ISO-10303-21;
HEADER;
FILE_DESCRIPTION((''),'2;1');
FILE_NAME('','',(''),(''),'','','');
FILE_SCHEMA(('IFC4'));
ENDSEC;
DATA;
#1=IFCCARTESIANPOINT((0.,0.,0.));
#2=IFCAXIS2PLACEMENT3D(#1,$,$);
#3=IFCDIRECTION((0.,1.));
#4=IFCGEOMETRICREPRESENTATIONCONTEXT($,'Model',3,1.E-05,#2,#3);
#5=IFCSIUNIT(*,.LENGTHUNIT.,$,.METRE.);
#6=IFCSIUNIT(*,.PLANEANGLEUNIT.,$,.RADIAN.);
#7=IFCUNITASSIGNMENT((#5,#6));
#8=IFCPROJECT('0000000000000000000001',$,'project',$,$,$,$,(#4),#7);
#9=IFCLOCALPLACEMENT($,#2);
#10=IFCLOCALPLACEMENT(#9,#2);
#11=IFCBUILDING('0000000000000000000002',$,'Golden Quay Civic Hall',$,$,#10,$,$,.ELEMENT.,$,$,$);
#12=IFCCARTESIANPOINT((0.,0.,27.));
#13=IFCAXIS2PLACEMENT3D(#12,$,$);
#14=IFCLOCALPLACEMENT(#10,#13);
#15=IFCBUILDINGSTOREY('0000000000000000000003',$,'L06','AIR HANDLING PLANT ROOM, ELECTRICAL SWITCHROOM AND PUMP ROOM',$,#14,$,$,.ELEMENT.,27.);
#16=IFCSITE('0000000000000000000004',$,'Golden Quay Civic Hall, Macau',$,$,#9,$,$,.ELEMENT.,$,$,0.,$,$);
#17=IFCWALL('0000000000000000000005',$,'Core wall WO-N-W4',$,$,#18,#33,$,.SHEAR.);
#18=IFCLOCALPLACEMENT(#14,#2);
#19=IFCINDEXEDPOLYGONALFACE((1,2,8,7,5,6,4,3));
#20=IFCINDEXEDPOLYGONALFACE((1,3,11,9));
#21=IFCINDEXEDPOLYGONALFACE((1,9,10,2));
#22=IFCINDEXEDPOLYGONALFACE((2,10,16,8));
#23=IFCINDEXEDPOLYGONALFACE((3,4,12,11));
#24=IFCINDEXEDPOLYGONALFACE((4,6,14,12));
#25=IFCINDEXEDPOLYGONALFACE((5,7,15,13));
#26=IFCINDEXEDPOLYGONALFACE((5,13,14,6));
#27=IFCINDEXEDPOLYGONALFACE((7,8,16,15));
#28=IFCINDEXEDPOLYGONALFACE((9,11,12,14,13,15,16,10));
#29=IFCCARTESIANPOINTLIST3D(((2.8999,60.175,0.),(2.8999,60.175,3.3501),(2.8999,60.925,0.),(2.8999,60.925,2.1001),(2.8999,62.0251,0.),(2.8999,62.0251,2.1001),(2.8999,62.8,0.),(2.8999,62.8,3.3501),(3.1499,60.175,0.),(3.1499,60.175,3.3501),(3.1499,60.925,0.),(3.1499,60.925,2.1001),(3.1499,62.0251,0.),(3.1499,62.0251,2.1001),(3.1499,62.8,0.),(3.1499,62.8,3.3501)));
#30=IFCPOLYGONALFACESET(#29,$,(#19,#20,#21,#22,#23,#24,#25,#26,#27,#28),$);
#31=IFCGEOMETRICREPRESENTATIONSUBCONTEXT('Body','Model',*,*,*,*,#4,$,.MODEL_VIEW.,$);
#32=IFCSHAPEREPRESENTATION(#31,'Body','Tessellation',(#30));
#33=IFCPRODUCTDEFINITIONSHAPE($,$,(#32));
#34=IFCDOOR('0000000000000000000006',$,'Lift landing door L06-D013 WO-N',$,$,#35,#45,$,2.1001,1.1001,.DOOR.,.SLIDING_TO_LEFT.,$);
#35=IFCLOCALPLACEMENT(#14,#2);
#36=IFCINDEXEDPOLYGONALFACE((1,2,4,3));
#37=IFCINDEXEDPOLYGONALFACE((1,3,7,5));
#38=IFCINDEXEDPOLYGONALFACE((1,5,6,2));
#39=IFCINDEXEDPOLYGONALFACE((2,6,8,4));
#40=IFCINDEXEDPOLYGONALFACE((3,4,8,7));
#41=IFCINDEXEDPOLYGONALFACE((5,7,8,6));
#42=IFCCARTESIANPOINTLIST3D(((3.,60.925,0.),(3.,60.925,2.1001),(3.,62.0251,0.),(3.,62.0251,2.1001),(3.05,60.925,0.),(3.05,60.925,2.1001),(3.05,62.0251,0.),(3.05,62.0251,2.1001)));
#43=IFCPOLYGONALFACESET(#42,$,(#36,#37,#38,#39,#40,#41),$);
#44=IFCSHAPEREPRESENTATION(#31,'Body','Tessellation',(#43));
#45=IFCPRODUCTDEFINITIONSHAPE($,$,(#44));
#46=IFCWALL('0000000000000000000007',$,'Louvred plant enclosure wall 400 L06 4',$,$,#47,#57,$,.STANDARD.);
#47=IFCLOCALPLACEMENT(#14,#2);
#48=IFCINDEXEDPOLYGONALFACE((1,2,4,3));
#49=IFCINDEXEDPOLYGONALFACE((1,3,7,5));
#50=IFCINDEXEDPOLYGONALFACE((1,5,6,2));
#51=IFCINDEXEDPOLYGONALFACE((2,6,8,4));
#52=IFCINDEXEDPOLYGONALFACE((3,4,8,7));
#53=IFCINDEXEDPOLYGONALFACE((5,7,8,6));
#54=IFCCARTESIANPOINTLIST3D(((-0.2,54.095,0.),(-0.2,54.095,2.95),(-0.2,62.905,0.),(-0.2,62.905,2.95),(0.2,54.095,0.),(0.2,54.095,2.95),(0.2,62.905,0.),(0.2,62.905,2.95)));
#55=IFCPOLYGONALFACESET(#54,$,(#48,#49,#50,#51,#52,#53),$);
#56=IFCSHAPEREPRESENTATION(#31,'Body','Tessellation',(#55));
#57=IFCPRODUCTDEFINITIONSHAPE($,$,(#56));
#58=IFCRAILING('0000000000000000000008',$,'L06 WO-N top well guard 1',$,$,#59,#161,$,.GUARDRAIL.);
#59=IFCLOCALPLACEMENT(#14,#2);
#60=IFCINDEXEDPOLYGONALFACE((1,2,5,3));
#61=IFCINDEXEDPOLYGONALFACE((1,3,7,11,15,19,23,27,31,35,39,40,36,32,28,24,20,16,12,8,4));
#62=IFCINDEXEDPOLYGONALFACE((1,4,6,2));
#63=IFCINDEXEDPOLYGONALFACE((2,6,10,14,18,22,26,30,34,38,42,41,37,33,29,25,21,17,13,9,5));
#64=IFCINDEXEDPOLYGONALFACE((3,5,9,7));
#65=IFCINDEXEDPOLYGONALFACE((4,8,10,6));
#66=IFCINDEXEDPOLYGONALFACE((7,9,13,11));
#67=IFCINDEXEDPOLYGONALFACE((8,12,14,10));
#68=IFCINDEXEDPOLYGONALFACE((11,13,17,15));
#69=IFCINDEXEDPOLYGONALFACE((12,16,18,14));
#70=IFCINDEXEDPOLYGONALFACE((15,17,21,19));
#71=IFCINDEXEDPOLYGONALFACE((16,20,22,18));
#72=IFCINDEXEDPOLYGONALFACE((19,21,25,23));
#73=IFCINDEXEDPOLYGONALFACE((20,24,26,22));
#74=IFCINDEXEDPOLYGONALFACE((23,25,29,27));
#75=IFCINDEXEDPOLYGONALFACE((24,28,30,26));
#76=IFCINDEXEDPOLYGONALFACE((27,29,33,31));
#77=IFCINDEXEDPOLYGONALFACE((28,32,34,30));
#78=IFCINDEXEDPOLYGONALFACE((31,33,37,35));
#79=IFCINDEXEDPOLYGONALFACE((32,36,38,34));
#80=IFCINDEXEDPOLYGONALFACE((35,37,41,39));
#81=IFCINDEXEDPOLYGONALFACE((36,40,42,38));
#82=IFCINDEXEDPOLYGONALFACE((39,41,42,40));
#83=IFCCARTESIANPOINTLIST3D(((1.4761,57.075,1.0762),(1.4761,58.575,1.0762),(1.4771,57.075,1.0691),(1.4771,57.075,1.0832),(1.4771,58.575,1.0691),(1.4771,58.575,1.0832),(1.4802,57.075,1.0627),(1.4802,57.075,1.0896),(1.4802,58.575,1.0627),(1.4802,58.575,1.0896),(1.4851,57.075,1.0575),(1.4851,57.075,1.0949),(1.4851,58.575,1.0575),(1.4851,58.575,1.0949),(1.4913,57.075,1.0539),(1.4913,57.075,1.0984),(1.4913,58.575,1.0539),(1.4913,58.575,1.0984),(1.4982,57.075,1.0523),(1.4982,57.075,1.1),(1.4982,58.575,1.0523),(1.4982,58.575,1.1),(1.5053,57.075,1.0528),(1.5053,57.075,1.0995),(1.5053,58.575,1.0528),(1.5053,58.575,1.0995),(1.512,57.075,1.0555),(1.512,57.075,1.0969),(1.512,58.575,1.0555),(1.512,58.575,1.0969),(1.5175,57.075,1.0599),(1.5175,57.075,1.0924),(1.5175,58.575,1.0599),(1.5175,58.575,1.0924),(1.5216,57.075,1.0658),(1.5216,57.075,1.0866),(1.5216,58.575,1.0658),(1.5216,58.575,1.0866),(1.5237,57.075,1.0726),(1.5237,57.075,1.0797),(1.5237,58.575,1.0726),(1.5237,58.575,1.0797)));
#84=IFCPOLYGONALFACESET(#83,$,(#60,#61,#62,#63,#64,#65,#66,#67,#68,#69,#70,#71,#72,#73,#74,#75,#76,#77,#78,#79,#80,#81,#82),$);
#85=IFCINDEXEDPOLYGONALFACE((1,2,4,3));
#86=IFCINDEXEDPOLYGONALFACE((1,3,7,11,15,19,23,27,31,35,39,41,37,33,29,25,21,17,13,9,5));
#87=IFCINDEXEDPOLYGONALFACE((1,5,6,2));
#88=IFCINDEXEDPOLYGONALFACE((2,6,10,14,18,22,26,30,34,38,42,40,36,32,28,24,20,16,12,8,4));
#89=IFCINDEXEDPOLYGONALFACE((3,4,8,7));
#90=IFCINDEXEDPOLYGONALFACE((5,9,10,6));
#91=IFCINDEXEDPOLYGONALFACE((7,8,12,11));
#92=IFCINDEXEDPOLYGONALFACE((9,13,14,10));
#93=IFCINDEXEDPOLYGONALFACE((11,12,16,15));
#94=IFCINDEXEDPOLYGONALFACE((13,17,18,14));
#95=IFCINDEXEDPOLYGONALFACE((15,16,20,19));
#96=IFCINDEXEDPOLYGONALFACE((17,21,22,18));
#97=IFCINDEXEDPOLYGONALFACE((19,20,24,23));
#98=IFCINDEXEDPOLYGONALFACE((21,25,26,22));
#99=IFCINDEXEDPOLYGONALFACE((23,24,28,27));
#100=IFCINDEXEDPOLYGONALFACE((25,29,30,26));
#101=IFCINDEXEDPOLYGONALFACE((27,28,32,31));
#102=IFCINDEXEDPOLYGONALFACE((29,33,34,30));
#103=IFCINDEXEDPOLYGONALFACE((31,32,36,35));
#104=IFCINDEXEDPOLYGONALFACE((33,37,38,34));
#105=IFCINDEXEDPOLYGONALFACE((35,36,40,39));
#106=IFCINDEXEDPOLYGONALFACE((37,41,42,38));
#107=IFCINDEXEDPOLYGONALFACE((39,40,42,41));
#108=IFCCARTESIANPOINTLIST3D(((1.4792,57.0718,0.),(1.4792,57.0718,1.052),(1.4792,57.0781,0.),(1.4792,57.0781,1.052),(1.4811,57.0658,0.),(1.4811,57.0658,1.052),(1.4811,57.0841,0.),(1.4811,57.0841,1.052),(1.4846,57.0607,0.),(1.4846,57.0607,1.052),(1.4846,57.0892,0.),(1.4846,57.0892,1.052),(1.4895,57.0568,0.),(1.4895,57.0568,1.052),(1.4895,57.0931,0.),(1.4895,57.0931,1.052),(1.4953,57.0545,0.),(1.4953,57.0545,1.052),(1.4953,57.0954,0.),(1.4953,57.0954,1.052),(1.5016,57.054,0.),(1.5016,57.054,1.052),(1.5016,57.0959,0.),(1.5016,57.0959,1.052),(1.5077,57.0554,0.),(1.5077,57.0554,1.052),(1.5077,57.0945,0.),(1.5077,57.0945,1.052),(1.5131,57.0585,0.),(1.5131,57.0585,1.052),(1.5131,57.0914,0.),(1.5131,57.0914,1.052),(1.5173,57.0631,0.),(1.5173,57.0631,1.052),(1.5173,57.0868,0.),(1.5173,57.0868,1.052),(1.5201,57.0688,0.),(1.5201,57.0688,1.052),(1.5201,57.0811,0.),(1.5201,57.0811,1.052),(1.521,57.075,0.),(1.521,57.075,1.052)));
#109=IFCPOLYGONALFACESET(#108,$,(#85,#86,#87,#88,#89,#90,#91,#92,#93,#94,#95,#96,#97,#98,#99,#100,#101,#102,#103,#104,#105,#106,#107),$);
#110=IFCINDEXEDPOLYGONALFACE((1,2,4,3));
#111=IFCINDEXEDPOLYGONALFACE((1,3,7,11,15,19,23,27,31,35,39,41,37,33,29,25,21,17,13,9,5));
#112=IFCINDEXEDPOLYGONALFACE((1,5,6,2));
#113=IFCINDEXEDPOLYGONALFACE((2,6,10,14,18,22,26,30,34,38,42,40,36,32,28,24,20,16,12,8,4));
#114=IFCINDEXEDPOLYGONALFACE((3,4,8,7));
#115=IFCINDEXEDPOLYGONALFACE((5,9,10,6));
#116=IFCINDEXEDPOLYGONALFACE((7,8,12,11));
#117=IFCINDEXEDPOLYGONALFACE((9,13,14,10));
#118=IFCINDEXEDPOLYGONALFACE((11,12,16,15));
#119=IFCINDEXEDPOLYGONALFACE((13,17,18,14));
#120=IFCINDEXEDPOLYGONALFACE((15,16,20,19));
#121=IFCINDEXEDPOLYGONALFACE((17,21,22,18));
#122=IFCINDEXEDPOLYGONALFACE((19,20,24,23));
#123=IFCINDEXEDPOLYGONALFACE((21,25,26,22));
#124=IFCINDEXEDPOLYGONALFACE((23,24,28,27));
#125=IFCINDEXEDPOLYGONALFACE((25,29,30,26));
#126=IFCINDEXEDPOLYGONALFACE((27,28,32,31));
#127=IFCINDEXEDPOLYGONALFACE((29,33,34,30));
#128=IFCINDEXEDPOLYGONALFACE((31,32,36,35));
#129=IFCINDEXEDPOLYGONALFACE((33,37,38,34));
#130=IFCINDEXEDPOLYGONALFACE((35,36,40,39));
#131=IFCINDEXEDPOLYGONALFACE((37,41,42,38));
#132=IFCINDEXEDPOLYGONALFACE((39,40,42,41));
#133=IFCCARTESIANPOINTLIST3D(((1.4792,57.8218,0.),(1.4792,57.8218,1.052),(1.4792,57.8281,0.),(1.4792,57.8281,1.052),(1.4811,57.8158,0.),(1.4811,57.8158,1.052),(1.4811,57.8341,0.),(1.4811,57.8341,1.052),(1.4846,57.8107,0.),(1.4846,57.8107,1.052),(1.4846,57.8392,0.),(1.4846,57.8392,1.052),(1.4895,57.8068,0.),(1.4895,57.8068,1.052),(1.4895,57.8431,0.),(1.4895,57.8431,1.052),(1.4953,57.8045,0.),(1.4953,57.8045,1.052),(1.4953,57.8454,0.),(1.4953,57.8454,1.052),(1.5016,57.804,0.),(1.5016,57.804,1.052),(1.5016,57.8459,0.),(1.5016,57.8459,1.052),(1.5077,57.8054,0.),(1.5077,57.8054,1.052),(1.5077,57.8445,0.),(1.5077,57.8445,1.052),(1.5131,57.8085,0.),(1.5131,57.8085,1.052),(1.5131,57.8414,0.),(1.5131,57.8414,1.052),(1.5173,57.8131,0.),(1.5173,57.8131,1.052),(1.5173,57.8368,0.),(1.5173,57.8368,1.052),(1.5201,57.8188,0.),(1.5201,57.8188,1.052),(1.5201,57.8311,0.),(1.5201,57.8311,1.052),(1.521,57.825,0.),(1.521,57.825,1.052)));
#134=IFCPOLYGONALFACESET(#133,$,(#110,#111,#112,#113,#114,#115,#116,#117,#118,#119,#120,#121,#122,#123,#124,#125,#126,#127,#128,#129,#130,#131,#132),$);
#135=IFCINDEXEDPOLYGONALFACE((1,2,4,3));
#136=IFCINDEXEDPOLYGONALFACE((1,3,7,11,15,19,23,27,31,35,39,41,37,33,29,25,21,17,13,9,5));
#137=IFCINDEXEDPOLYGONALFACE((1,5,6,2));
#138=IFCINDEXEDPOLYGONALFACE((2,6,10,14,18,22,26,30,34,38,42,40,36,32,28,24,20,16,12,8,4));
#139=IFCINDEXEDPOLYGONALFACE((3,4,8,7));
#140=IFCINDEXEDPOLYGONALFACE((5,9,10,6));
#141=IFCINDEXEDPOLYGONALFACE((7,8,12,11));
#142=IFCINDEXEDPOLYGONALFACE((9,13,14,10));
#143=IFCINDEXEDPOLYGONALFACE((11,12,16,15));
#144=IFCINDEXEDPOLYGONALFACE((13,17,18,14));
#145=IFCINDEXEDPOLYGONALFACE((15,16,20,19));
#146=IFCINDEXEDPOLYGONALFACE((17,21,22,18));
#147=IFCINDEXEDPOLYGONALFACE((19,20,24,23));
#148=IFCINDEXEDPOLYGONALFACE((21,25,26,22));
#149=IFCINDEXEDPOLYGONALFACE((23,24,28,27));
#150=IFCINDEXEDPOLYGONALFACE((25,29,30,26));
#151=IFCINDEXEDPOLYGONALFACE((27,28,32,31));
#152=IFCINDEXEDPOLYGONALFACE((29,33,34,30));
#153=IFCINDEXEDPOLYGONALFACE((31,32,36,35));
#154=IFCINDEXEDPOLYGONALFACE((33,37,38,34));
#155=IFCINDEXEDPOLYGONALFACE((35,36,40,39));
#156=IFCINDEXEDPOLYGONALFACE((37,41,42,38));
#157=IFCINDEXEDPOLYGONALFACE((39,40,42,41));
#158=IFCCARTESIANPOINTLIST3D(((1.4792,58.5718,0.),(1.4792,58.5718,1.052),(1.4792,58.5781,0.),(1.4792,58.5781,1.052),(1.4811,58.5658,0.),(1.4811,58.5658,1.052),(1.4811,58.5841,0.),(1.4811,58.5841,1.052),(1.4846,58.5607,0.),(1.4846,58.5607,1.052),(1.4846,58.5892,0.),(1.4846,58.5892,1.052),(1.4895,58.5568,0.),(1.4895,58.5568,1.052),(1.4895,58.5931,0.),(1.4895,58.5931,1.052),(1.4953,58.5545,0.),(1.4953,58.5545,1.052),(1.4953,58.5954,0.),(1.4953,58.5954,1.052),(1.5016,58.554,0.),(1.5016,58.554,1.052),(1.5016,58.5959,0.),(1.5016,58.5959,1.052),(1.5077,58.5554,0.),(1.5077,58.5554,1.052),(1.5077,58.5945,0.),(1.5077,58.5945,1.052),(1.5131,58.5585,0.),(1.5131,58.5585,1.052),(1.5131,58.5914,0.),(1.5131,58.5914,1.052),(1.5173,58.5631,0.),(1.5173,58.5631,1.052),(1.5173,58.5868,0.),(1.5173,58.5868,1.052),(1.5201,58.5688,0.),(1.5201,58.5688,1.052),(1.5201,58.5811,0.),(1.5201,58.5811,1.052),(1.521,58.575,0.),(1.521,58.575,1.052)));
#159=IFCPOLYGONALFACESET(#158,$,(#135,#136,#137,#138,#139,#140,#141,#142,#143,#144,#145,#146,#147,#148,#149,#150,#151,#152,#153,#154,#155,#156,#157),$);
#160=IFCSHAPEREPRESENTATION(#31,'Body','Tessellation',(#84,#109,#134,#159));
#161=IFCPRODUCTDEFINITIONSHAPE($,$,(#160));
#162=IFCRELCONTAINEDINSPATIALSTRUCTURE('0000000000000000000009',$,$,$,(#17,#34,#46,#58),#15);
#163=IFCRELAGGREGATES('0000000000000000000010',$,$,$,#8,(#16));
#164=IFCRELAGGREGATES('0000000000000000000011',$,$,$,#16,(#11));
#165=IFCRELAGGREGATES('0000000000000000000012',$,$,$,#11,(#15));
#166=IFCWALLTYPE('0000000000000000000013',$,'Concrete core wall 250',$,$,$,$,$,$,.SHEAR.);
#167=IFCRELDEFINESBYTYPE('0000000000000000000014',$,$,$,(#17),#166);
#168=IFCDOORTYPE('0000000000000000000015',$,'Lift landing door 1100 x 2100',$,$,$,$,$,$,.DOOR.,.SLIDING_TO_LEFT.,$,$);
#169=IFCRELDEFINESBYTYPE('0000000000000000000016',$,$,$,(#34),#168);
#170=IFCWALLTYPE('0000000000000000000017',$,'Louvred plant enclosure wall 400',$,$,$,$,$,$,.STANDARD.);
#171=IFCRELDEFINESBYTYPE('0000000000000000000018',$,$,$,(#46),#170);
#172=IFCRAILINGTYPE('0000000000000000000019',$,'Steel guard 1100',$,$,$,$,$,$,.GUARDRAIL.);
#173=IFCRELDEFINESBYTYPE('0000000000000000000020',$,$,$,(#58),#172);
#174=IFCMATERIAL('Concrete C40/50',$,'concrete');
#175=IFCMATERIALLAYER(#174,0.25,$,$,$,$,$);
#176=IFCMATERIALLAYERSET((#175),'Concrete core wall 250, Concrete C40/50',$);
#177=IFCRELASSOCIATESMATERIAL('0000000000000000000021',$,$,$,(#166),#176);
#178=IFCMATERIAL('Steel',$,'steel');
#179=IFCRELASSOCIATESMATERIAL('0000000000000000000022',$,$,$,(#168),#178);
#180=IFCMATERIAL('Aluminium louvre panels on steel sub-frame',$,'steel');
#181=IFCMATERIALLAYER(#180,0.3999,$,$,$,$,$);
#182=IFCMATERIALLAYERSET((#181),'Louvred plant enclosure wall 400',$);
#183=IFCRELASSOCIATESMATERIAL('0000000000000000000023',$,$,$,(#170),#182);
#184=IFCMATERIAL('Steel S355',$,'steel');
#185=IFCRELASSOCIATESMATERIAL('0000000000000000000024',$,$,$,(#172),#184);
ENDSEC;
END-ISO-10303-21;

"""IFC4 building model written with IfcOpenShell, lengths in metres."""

from ifc_helpers import new_model, si_unit, direction, frame, frame_2d, origin, origin_2d, place, context, subcontext, project, spatial, rectangle, circle, extrude, material, layer, layer_set, type_object, element, fill, save


model = new_model("IFC4")

# Units and contexts
model_context = context("Model", 3, precision=1e-05, world=origin(), true_north=direction((0.0, 1.0)))
body_context = subcontext(model_context, "Body", "Model", "MODEL_VIEW")
ifc_project = project(units=[si_unit("LENGTHUNIT", "METRE"), si_unit("PLANEANGLEUNIT", "RADIAN")], contexts=[model_context])

# Site, building, storey
site_placement = place(None, origin())
site = spatial("IfcSite", under=ifc_project, at=site_placement, Name="Golden Quay Civic Hall, Macau", CompositionType="ELEMENT", RefElevation=0.0)
building_placement = place(site_placement, origin())
building = spatial("IfcBuilding", under=site, at=building_placement, Name="Golden Quay Civic Hall", CompositionType="ELEMENT")
storey_placement = place(building_placement, frame((0.0, 0.0, 27.0)))
storey = spatial("IfcBuildingStorey", under=building, at=storey_placement, Name="L06", Description="AIR HANDLING PLANT ROOM, ELECTRICAL SWITCHROOM AND PUMP ROOM", CompositionType="ELEMENT", Elevation=27.0)

# Shared definitions
ifc_material_1 = material(Name="Concrete C40/50", Category="concrete")
ifc_layer_1 = layer(ifc_material_1, 0.25)
ifc_layer_set_1 = layer_set([ifc_layer_1], Name="Concrete core wall 250, Concrete C40/50")
wall_type_1 = type_object("IfcWallType", Name="Concrete core wall 250", PredefinedType="SHEAR", material=ifc_layer_set_1)

# Wall, opening, door
wall_1_placement = place(storey_placement, frame((3.0249, 60.175, 0.0), z_axis=(0.0, 0.0, 1.0), x_axis=(0.0, 1.0, 0.0)))
wall_1 = element("IfcWall", 1, at=wall_1_placement, inside=storey, type_object=wall_type_1, Name="Core wall WO-N-W4", PredefinedType="SHEAR", context=body_context, shape_type="SweptSolid", body=[
    extrude(rectangle(XDim=2.625, YDim=0.25, at=frame_2d((1.3125, 0.0))), origin(), (0.0, 0.0, 1.0), 3.3501),
])
opening_1_placement = place(wall_1_placement, frame((0.75, 0.0, 0.0)))
opening_1 = element("IfcOpeningElement", 2, at=opening_1_placement, cuts=wall_1, PredefinedType="OPENING", context=body_context, shape_type="SweptSolid", body=[
    extrude(rectangle(XDim=1.1001, YDim=2.1001, at=frame_2d((0.55, 1.05))), frame((0.0, 0.135, 0.0), z_axis=(0.0, -1.0, 0.0), x_axis=(1.0, 0.0, 0.0)), (0.0, 0.0, 1.0), 0.27),
])
ifc_material_2 = material(Name="Steel", Category="steel")
door_type_1 = type_object("IfcDoorType", Name="Lift landing door 1100 x 2100", OperationType="SLIDING_TO_LEFT", PredefinedType="DOOR", material=ifc_material_2)
door_1_placement = place(opening_1_placement, origin())
door_1 = element("IfcDoor", 3, at=door_1_placement, inside=storey, type_object=door_type_1, Name="Lift landing door L06-D013 WO-N", OperationType="SLIDING_TO_LEFT", OverallHeight=2.1001, OverallWidth=1.1001, PredefinedType="DOOR", context=body_context, shape_type="SweptSolid", body=[
    extrude(rectangle(XDim=1.1001, YDim=2.1001, at=frame_2d((0.55, 1.05))), frame((0.0, 0.0249, 0.0), z_axis=(0.0, -1.0, 0.0), x_axis=(1.0, 0.0, 0.0)), (0.0, 0.0, 1.0), 0.05),
])
fill(opening_1, door_1)

# Wall
ifc_material_3 = material(Name="Aluminium louvre panels on steel sub-frame", Category="steel")
ifc_layer_2 = layer(ifc_material_3, 0.3999)
ifc_layer_set_2 = layer_set([ifc_layer_2], Name="Louvred plant enclosure wall 400")
wall_type_2 = type_object("IfcWallType", Name="Louvred plant enclosure wall 400", PredefinedType="STANDARD", material=ifc_layer_set_2)
wall_2_placement = place(storey_placement, frame((0.0, 54.095, 0.0), z_axis=(0.0, 0.0, 1.0), x_axis=(0.0, 1.0, 0.0)))
element("IfcWall", 4, at=wall_2_placement, inside=storey, type_object=wall_type_2, Name="Louvred plant enclosure wall 400 L06 4", PredefinedType="STANDARD", context=body_context, shape_type="SweptSolid", body=[
    extrude(rectangle(XDim=8.8101, YDim=0.3999, at=frame_2d((4.405, 0.0))), origin(), (0.0, 0.0, 1.0), 2.95),
])

# Railing
ifc_material_4 = material(Name="Steel S355", Category="steel")
railing_type = type_object("IfcRailingType", Name="Steel guard 1100", PredefinedType="GUARDRAIL", material=ifc_material_4)
railing_placement = place(storey_placement, frame((1.5, 57.075, 0.0)))
element("IfcRailing", 5, at=railing_placement, inside=storey, type_object=railing_type, Name="L06 WO-N top well guard 1", PredefinedType="GUARDRAIL", context=body_context, shape_type="SweptSolid", body=[
    extrude(circle(Radius=0.0239, at=origin_2d()), frame((0.0, 0.0, 1.0762), z_axis=(0.0, 1.0, 0.0), x_axis=(-1.0, 0.0, 0.0)), (0.0, 0.0, 1.0), 1.5),
    extrude(circle(Radius=0.021, at=origin_2d()), origin(), (0.0, 0.0, 1.0), 1.052),
    extrude(circle(Radius=0.021, at=origin_2d()), frame((0.0, 0.75, 0.0)), (0.0, 0.0, 1.0), 1.052),
    extrude(circle(Radius=0.021, at=origin_2d()), frame((0.0, 1.5, 0.0)), (0.0, 0.0, 1.0), 1.052),
])

save(model, "model.ifc")
